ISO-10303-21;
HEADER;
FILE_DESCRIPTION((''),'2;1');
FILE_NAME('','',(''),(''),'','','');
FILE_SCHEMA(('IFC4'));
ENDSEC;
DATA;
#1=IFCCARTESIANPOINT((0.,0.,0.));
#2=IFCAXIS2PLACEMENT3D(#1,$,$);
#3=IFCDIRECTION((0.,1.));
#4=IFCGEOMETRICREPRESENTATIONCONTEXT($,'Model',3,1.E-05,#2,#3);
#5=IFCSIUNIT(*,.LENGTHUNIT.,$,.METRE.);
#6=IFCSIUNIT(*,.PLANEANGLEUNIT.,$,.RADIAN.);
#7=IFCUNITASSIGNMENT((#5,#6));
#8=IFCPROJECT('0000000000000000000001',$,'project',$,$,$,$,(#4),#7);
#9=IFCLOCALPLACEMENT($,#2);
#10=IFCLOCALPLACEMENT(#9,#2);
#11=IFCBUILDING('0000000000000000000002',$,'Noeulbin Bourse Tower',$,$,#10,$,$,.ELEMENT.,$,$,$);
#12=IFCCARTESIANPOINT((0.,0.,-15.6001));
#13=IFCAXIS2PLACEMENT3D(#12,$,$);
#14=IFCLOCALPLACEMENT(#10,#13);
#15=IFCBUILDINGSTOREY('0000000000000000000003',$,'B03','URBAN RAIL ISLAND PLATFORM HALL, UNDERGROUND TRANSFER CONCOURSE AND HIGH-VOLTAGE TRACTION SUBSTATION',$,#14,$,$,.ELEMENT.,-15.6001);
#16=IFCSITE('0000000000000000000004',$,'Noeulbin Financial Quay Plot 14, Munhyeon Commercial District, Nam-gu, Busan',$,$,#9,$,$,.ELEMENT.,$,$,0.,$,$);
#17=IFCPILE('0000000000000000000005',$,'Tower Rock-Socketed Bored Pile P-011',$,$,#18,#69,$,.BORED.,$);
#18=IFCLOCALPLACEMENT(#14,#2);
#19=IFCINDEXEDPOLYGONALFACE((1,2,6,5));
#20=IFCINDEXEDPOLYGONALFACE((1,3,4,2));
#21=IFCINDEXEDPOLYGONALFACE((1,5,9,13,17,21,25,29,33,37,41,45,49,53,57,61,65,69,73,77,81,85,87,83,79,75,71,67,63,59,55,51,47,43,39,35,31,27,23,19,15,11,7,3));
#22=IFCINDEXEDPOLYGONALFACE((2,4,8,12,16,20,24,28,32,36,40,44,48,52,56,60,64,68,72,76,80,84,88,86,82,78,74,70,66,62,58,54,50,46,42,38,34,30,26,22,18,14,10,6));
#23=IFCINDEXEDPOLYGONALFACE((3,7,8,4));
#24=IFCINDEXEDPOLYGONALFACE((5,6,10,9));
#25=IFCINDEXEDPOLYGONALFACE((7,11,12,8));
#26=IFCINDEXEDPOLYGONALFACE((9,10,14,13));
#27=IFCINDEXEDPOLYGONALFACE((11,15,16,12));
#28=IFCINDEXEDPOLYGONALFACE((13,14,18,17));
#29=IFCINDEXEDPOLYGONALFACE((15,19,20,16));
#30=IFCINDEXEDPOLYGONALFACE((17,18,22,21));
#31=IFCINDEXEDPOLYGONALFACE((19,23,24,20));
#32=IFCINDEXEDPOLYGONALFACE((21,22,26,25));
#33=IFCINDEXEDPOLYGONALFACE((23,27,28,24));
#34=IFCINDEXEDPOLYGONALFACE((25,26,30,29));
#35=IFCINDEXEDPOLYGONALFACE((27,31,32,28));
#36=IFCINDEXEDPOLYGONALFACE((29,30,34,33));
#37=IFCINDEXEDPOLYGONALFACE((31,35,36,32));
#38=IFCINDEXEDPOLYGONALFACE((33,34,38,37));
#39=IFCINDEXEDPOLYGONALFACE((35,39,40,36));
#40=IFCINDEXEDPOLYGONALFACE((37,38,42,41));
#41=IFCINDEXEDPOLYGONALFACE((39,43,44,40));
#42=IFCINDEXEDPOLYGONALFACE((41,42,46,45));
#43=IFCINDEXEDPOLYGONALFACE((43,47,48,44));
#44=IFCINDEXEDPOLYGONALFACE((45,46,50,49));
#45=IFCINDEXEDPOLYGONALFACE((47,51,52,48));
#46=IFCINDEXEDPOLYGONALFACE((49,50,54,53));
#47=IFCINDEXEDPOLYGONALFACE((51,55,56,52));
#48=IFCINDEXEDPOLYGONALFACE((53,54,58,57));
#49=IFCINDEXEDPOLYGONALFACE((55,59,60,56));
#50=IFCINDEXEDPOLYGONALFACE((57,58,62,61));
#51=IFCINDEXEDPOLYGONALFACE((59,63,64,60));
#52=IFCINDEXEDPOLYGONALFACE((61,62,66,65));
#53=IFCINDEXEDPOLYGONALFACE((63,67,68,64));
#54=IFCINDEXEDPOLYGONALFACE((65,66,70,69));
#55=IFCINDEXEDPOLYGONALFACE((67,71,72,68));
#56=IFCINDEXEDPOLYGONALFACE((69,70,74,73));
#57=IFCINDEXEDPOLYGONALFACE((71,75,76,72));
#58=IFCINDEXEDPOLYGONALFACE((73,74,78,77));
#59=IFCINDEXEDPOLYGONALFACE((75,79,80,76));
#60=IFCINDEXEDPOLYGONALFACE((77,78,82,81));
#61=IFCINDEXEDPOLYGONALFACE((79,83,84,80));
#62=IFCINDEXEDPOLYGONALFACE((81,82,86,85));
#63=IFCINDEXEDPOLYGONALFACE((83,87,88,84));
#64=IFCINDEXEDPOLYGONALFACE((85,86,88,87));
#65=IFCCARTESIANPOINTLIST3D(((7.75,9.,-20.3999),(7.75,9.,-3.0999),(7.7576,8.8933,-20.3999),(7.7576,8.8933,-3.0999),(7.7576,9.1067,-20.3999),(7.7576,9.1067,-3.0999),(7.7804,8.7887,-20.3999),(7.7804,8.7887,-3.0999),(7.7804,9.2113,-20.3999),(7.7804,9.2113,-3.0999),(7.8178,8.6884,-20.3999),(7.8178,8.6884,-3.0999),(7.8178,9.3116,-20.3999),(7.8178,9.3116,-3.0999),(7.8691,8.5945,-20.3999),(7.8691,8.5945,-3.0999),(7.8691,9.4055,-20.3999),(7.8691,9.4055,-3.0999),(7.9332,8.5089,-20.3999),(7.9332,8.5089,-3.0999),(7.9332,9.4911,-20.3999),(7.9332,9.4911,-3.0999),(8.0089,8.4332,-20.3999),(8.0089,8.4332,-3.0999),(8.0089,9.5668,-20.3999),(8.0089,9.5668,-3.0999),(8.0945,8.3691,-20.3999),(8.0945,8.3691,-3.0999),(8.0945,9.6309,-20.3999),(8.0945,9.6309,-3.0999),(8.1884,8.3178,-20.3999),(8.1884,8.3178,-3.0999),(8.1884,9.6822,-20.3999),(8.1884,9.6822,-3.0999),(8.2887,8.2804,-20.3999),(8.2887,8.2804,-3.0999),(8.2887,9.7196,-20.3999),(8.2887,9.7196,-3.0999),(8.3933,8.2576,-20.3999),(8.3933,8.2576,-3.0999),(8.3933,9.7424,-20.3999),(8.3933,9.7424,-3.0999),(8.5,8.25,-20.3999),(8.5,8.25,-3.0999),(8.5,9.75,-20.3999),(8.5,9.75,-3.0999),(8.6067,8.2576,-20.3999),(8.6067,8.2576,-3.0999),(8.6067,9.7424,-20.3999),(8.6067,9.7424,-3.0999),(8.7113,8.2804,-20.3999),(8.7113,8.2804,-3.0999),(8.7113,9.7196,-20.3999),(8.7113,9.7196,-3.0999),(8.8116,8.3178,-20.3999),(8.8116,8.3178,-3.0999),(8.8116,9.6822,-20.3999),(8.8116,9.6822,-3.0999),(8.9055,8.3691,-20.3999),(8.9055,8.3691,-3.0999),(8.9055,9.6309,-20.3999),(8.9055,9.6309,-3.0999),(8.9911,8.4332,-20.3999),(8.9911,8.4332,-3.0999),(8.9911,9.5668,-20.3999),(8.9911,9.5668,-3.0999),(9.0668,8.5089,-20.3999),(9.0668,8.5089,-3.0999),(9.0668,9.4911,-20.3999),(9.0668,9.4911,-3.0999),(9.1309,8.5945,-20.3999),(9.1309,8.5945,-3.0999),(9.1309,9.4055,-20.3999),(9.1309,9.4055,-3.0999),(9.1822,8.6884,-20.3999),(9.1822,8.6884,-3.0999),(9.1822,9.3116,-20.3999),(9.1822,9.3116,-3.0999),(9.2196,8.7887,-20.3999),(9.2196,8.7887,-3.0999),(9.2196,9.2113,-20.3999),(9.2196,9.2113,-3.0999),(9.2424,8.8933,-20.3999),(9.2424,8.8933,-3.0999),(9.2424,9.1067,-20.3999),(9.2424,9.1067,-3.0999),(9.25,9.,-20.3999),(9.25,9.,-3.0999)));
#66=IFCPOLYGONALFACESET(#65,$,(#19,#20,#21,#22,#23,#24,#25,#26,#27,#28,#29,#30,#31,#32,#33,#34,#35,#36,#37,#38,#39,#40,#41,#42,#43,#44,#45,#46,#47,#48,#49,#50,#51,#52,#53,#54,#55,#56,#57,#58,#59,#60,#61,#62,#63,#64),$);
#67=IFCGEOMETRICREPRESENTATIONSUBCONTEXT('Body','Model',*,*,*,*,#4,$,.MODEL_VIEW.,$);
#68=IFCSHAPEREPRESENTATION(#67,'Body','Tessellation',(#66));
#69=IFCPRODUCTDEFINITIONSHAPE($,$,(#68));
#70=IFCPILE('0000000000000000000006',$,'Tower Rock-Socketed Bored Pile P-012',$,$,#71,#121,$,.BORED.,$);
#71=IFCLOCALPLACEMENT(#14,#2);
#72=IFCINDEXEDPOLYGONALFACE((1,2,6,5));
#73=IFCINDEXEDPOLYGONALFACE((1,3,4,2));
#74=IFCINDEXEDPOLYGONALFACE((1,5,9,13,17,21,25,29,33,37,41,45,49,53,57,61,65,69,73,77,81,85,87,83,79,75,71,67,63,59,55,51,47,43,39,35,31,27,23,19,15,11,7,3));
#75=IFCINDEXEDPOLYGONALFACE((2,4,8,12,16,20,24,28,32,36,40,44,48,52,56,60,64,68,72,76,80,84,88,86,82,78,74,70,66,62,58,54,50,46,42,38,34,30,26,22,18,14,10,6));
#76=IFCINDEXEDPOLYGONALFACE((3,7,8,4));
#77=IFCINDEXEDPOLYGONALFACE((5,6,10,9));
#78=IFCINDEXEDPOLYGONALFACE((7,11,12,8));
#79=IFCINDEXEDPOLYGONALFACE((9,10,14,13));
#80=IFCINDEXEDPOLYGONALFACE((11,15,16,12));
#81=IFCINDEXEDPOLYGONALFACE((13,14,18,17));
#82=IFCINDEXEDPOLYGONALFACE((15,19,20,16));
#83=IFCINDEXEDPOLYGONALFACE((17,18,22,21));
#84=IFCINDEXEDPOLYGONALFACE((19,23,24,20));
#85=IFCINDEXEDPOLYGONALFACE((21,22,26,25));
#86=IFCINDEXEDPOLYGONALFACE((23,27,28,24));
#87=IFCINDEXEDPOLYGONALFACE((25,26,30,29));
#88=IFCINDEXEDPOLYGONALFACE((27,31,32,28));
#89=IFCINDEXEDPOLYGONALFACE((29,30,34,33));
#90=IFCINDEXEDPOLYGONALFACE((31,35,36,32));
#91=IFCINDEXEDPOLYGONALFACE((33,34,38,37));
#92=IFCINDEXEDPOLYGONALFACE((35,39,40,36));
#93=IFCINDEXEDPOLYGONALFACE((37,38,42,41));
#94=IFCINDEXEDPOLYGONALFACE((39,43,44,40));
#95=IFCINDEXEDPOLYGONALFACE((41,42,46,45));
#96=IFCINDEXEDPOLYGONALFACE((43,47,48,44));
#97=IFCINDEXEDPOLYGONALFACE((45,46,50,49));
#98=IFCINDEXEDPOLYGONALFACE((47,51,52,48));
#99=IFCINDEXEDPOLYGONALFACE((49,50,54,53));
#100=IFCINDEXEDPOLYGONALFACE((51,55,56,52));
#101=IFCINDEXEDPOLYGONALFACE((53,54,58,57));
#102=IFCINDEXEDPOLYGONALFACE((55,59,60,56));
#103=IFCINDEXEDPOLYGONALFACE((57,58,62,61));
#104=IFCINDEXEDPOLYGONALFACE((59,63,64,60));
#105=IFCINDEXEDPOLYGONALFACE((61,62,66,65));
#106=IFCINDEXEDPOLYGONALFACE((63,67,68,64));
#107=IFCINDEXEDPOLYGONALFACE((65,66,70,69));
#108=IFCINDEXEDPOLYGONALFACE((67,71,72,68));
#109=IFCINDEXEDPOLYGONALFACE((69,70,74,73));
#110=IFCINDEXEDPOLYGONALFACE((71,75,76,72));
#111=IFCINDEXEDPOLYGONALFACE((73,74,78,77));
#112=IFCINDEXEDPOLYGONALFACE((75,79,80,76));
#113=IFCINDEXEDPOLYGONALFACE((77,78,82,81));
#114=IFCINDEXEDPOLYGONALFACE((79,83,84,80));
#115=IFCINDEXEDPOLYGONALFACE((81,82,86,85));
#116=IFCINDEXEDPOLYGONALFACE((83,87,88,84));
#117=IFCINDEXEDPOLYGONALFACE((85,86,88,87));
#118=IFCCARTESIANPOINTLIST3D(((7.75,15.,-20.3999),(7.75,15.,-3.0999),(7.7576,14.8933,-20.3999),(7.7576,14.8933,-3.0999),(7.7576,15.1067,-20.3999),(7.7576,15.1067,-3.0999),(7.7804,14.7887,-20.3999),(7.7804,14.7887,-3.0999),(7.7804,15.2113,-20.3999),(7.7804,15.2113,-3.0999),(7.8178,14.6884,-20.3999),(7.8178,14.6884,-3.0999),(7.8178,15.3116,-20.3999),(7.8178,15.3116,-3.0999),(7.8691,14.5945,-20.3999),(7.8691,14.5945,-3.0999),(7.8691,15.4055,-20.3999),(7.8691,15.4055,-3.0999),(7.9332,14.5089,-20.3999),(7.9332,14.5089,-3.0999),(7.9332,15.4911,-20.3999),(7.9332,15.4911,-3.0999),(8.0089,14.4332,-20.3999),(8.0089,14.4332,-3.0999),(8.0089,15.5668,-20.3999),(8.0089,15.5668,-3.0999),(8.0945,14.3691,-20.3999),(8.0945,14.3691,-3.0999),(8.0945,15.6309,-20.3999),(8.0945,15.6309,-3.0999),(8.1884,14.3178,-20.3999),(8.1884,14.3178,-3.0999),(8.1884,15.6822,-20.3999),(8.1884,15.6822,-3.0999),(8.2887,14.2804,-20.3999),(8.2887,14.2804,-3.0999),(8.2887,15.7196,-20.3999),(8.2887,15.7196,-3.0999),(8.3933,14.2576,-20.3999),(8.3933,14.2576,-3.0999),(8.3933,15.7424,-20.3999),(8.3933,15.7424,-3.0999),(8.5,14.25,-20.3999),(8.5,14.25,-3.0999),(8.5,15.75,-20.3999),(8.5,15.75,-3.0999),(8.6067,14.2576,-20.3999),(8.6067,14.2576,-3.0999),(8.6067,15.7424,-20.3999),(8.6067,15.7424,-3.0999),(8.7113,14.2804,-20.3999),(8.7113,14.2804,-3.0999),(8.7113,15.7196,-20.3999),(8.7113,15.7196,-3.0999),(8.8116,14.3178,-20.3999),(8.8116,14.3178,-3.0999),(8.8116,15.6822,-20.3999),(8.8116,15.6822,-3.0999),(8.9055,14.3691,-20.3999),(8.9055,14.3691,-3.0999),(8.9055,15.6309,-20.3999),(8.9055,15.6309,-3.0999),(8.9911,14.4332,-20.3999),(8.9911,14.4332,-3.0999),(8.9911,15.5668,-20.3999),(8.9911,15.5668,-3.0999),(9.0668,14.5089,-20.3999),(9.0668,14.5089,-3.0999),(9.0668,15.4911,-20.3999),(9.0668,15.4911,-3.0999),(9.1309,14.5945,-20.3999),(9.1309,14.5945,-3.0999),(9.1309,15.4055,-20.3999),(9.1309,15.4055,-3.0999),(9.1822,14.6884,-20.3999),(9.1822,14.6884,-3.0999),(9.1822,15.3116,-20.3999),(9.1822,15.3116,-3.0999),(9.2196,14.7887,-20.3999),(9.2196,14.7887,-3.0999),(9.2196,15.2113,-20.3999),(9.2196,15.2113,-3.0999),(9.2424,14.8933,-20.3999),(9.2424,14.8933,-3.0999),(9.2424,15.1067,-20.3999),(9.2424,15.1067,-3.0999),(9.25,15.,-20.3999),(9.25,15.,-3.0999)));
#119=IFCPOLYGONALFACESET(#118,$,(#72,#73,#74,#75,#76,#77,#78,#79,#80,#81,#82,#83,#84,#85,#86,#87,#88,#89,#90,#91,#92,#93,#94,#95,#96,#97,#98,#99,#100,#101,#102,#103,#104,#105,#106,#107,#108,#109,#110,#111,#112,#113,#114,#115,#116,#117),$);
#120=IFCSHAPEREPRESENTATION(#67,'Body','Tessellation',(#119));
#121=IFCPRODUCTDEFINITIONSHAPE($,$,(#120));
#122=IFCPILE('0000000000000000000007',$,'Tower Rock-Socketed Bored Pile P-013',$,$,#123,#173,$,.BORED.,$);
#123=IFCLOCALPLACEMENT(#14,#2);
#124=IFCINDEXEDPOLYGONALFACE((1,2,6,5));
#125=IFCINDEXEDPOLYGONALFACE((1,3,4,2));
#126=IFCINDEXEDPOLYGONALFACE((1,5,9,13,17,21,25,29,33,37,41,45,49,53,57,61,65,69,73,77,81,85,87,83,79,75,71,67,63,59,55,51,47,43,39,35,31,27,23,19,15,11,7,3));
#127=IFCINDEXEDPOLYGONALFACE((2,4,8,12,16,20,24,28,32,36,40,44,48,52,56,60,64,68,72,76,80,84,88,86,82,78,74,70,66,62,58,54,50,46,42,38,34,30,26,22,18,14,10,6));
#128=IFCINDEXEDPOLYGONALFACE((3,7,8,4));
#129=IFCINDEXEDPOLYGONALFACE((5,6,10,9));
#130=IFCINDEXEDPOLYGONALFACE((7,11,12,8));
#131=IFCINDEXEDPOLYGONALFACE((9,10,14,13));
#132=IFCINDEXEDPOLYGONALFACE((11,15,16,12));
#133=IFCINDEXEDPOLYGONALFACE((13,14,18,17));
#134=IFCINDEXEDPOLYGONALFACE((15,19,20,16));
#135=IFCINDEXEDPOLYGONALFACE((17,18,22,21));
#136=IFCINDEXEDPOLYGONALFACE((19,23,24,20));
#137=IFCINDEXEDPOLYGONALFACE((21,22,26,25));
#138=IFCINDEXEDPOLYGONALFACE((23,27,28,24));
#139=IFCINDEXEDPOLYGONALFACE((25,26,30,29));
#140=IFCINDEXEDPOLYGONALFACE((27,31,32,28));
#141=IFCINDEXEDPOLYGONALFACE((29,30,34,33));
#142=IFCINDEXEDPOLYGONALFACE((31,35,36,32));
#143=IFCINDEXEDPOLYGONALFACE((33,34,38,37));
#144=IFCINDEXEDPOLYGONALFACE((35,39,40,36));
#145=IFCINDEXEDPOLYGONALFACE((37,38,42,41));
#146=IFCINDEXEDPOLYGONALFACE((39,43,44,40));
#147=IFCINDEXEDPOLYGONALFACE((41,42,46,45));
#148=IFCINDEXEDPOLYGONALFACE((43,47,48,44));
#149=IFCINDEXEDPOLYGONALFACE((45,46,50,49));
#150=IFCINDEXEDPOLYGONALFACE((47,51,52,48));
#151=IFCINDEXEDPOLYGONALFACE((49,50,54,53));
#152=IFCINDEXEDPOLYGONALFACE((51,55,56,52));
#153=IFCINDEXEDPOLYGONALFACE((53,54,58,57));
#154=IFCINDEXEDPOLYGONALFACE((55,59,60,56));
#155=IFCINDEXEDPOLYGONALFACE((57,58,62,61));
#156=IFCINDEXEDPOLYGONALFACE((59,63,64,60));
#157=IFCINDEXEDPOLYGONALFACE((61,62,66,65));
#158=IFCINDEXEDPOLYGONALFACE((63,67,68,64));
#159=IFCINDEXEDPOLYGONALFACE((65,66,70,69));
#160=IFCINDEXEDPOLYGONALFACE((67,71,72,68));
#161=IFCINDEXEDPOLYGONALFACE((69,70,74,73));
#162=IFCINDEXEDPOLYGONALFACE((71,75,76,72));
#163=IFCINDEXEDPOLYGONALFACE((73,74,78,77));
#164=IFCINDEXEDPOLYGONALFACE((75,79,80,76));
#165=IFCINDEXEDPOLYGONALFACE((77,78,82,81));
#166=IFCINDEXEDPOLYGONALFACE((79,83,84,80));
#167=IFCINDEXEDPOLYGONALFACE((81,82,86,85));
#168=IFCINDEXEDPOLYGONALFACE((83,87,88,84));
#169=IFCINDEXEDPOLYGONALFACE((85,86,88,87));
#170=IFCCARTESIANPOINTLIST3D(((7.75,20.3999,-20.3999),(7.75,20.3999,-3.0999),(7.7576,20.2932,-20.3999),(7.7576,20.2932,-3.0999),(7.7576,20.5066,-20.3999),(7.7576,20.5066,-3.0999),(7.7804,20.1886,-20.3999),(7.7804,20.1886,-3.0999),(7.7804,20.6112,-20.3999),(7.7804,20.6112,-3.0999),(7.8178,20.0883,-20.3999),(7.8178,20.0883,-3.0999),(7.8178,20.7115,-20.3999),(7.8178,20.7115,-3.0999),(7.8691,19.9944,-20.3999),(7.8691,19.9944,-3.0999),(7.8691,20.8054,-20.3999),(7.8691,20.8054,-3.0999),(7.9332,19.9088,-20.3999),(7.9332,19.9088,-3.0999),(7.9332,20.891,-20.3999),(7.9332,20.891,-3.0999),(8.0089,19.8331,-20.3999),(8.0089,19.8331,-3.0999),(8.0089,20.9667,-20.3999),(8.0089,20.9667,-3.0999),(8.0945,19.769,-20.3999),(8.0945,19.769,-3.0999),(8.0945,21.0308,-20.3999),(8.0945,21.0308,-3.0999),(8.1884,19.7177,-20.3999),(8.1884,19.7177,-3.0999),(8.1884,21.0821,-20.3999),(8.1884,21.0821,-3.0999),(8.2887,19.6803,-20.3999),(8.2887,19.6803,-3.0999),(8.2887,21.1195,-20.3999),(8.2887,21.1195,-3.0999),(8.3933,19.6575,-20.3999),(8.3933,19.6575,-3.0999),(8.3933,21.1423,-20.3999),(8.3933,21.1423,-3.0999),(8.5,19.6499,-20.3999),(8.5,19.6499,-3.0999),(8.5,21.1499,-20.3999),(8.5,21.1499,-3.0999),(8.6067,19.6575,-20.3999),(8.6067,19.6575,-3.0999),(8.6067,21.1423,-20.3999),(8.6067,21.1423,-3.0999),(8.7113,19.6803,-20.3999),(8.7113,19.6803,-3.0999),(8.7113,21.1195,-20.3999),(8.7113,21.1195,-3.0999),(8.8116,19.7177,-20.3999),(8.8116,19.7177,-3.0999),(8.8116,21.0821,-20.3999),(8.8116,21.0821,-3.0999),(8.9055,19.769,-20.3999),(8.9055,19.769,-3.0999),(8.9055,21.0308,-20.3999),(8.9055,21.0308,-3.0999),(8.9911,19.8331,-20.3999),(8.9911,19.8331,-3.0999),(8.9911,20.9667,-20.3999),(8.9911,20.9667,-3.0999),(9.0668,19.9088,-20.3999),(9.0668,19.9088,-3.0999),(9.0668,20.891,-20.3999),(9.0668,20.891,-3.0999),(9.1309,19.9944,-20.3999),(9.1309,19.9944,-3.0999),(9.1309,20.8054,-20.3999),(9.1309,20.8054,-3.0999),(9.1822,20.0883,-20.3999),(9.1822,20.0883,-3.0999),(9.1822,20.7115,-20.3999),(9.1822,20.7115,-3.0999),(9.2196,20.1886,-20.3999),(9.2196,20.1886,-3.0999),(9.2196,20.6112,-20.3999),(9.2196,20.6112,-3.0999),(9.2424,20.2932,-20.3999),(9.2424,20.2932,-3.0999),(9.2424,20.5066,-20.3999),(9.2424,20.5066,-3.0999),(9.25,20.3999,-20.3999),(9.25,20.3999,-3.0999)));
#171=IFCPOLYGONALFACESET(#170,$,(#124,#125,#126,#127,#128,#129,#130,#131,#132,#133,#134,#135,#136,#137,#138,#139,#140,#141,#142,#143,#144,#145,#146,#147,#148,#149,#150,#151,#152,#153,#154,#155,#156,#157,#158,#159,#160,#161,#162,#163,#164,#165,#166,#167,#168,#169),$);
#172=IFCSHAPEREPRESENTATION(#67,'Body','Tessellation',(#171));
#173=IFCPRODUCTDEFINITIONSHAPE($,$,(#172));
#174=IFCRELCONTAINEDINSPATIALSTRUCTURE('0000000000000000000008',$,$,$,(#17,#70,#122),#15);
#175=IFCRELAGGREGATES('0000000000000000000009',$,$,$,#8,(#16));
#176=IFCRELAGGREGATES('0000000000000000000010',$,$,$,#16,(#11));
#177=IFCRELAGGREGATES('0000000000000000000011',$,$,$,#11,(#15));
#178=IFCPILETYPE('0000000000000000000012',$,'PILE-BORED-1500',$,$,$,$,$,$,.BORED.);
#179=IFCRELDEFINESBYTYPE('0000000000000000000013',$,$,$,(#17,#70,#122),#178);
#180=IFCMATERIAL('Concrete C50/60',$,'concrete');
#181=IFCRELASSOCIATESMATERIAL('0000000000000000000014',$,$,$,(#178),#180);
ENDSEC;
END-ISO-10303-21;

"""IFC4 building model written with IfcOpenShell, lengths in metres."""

from ifc_helpers import new_model, si_unit, direction, frame, origin, origin_2d, place, context, subcontext, project, spatial, circle, extrude, material, material_profile, profile_set, type_object, element, save


model = new_model("IFC4")

# Units and contexts
model_context = context("Model", 3, precision=1e-05, world=origin(), true_north=direction((0.0, 1.0)))
body_context = subcontext(model_context, "Body", "Model", "MODEL_VIEW")
ifc_project = project(units=[si_unit("LENGTHUNIT", "METRE"), si_unit("PLANEANGLEUNIT", "RADIAN")], contexts=[model_context])

# Site, building, storey
site_placement = place(None, origin())
site = spatial("IfcSite", under=ifc_project, at=site_placement, Name="Noeulbin Financial Quay Plot 14, Munhyeon Commercial District, Nam-gu, Busan", CompositionType="ELEMENT", RefElevation=0.0)
building_placement = place(site_placement, origin())
building = spatial("IfcBuilding", under=site, at=building_placement, Name="Noeulbin Bourse Tower", CompositionType="ELEMENT")
storey_placement = place(building_placement, frame((0.0, 0.0, -15.6001)))
storey = spatial("IfcBuildingStorey", under=building, at=storey_placement, Name="B03", Description="URBAN RAIL ISLAND PLATFORM HALL, UNDERGROUND TRANSFER CONCOURSE AND HIGH-VOLTAGE TRACTION SUBSTATION", CompositionType="ELEMENT", Elevation=-15.6001)

# Piles
ifc_material_1 = material(Name="Concrete C50/60", Category="concrete")
ifc_material_profile_1 = material_profile(ifc_material_1, circle(Radius=0.75, at=origin_2d()), Name="PILE-D1500", Category="LoadBearing")
ifc_profile_set_1 = profile_set([ifc_material_profile_1], Name="Concrete C50/60")
pile_type = type_object("IfcPileType", Name="PILE-BORED-1500", PredefinedType="BORED", material=ifc_profile_set_1)
for number, where, z_axis, x_axis, name in (
    (1, (8.5, 9.0, -3.0999), (0.0, 0.0, -1.0), (1.0, 0.0, 0.0), "Tower Rock-Socketed Bored Pile P-011"),
    (2, (8.5, 15.0, -3.0999), (0.0, 0.0, -1.0), (1.0, 0.0, 0.0), "Tower Rock-Socketed Bored Pile P-012"),
    (3, (8.5, 20.3999, -3.0999), (0.0, 0.0, -1.0), (1.0, 0.0, 0.0), "Tower Rock-Socketed Bored Pile P-013"),
):
    element("IfcPile", number, at=place(storey_placement, frame(where, z_axis=z_axis, x_axis=x_axis)), inside=storey, type_object=pile_type, Name=name, PredefinedType="BORED", context=body_context, shape_type="SweptSolid", body=[
        extrude(circle(Radius=0.75, at=origin_2d()), origin(), (0.0, 0.0, 1.0), 17.3),
    ])

save(model, "model.ifc")
